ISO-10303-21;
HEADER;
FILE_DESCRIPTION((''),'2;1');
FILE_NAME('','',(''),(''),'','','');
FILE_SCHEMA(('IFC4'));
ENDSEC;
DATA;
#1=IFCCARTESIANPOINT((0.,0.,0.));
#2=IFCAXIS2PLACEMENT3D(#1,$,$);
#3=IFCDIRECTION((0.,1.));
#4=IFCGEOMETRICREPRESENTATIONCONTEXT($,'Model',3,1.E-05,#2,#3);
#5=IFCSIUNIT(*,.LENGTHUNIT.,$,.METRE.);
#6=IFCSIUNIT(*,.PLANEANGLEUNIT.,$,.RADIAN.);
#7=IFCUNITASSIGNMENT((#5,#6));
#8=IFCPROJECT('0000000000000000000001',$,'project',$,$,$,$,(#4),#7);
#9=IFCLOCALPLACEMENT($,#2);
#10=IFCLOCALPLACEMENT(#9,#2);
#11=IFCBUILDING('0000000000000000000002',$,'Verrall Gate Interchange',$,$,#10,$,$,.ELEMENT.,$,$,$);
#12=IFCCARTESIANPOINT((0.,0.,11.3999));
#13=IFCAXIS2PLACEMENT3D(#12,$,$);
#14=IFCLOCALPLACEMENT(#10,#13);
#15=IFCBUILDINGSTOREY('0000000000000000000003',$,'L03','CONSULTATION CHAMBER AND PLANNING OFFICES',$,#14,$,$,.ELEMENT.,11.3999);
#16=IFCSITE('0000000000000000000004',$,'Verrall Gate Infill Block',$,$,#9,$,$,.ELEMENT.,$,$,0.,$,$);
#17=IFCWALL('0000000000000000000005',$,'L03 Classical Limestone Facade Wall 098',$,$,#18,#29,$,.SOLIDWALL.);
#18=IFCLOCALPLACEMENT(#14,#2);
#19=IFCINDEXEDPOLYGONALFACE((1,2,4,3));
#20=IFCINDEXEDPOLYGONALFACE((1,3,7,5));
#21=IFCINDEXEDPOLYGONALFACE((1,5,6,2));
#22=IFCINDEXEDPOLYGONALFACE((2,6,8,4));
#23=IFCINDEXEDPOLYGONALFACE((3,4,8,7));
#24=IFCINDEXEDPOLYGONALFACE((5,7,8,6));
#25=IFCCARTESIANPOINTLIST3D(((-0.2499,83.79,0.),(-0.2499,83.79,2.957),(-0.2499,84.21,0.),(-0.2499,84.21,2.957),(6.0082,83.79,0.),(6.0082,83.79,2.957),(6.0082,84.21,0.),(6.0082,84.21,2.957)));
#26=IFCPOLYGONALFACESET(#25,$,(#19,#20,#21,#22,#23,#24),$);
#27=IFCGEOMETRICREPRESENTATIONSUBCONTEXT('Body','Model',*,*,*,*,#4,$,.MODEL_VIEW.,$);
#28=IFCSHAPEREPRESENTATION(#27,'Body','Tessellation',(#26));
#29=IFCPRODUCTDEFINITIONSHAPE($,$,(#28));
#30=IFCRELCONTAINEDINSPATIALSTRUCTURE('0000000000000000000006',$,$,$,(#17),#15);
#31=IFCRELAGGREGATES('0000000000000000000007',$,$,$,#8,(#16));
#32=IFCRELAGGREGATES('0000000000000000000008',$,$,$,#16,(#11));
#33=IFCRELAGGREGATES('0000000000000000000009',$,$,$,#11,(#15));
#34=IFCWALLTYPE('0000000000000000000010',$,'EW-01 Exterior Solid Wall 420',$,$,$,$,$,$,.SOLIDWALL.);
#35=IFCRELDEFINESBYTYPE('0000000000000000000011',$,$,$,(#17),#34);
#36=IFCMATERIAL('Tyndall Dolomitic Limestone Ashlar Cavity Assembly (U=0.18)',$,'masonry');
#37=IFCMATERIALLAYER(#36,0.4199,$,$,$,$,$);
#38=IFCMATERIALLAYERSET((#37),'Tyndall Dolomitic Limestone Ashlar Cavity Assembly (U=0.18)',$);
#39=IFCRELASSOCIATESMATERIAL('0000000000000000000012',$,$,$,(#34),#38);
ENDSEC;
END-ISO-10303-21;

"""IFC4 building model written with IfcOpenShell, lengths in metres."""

from ifc_helpers import new_model, si_unit, direction, frame, frame_2d, origin, place, context, subcontext, project, spatial, rectangle, extrude, material, layer, layer_set, type_object, element, save


model = new_model("IFC4")

# Units and contexts
model_context = context("Model", 3, precision=1e-05, world=origin(), true_north=direction((0.0, 1.0)))
body_context = subcontext(model_context, "Body", "Model", "MODEL_VIEW")
ifc_project = project(units=[si_unit("LENGTHUNIT", "METRE"), si_unit("PLANEANGLEUNIT", "RADIAN")], contexts=[model_context])

# Site, building, storey
site_placement = place(None, origin())
site = spatial("IfcSite", under=ifc_project, at=site_placement, Name="Verrall Gate Infill Block", CompositionType="ELEMENT", RefElevation=0.0)
building_placement = place(site_placement, origin())
building = spatial("IfcBuilding", under=site, at=building_placement, Name="Verrall Gate Interchange", CompositionType="ELEMENT")
storey_placement = place(building_placement, frame((0.0, 0.0, 11.3999)))
storey = spatial("IfcBuildingStorey", under=building, at=storey_placement, Name="L03", Description="CONSULTATION CHAMBER AND PLANNING OFFICES", CompositionType="ELEMENT", Elevation=11.3999)

# Shared definitions
ifc_material_1 = material(Name="Tyndall Dolomitic Limestone Ashlar Cavity Assembly (U=0.18)", Category="masonry")
ifc_layer_1 = layer(ifc_material_1, 0.4199)
ifc_layer_set_1 = layer_set([ifc_layer_1], Name="Tyndall Dolomitic Limestone Ashlar Cavity Assembly (U=0.18)")
wall_type = type_object("IfcWallType", Name="EW-01 Exterior Solid Wall 420", PredefinedType="SOLIDWALL", material=ifc_layer_set_1)

# Wall
wall_1_placement = place(storey_placement, frame((6.0081, 84.0, 0.0), z_axis=(0.0, 0.0, 1.0), x_axis=(-1.0, 0.0, 0.0)))
element("IfcWall", 1, at=wall_1_placement, inside=storey, type_object=wall_type, Name="L03 Classical Limestone Facade Wall 098", PredefinedType="SOLIDWALL", context=body_context, shape_type="SweptSolid", body=[
    extrude(rectangle(XDim=6.2581, YDim=0.4199, at=frame_2d((3.1289, 0.0))), origin(), (0.0, 0.0, 1.0), 2.957),
])

save(model, "model.ifc")
